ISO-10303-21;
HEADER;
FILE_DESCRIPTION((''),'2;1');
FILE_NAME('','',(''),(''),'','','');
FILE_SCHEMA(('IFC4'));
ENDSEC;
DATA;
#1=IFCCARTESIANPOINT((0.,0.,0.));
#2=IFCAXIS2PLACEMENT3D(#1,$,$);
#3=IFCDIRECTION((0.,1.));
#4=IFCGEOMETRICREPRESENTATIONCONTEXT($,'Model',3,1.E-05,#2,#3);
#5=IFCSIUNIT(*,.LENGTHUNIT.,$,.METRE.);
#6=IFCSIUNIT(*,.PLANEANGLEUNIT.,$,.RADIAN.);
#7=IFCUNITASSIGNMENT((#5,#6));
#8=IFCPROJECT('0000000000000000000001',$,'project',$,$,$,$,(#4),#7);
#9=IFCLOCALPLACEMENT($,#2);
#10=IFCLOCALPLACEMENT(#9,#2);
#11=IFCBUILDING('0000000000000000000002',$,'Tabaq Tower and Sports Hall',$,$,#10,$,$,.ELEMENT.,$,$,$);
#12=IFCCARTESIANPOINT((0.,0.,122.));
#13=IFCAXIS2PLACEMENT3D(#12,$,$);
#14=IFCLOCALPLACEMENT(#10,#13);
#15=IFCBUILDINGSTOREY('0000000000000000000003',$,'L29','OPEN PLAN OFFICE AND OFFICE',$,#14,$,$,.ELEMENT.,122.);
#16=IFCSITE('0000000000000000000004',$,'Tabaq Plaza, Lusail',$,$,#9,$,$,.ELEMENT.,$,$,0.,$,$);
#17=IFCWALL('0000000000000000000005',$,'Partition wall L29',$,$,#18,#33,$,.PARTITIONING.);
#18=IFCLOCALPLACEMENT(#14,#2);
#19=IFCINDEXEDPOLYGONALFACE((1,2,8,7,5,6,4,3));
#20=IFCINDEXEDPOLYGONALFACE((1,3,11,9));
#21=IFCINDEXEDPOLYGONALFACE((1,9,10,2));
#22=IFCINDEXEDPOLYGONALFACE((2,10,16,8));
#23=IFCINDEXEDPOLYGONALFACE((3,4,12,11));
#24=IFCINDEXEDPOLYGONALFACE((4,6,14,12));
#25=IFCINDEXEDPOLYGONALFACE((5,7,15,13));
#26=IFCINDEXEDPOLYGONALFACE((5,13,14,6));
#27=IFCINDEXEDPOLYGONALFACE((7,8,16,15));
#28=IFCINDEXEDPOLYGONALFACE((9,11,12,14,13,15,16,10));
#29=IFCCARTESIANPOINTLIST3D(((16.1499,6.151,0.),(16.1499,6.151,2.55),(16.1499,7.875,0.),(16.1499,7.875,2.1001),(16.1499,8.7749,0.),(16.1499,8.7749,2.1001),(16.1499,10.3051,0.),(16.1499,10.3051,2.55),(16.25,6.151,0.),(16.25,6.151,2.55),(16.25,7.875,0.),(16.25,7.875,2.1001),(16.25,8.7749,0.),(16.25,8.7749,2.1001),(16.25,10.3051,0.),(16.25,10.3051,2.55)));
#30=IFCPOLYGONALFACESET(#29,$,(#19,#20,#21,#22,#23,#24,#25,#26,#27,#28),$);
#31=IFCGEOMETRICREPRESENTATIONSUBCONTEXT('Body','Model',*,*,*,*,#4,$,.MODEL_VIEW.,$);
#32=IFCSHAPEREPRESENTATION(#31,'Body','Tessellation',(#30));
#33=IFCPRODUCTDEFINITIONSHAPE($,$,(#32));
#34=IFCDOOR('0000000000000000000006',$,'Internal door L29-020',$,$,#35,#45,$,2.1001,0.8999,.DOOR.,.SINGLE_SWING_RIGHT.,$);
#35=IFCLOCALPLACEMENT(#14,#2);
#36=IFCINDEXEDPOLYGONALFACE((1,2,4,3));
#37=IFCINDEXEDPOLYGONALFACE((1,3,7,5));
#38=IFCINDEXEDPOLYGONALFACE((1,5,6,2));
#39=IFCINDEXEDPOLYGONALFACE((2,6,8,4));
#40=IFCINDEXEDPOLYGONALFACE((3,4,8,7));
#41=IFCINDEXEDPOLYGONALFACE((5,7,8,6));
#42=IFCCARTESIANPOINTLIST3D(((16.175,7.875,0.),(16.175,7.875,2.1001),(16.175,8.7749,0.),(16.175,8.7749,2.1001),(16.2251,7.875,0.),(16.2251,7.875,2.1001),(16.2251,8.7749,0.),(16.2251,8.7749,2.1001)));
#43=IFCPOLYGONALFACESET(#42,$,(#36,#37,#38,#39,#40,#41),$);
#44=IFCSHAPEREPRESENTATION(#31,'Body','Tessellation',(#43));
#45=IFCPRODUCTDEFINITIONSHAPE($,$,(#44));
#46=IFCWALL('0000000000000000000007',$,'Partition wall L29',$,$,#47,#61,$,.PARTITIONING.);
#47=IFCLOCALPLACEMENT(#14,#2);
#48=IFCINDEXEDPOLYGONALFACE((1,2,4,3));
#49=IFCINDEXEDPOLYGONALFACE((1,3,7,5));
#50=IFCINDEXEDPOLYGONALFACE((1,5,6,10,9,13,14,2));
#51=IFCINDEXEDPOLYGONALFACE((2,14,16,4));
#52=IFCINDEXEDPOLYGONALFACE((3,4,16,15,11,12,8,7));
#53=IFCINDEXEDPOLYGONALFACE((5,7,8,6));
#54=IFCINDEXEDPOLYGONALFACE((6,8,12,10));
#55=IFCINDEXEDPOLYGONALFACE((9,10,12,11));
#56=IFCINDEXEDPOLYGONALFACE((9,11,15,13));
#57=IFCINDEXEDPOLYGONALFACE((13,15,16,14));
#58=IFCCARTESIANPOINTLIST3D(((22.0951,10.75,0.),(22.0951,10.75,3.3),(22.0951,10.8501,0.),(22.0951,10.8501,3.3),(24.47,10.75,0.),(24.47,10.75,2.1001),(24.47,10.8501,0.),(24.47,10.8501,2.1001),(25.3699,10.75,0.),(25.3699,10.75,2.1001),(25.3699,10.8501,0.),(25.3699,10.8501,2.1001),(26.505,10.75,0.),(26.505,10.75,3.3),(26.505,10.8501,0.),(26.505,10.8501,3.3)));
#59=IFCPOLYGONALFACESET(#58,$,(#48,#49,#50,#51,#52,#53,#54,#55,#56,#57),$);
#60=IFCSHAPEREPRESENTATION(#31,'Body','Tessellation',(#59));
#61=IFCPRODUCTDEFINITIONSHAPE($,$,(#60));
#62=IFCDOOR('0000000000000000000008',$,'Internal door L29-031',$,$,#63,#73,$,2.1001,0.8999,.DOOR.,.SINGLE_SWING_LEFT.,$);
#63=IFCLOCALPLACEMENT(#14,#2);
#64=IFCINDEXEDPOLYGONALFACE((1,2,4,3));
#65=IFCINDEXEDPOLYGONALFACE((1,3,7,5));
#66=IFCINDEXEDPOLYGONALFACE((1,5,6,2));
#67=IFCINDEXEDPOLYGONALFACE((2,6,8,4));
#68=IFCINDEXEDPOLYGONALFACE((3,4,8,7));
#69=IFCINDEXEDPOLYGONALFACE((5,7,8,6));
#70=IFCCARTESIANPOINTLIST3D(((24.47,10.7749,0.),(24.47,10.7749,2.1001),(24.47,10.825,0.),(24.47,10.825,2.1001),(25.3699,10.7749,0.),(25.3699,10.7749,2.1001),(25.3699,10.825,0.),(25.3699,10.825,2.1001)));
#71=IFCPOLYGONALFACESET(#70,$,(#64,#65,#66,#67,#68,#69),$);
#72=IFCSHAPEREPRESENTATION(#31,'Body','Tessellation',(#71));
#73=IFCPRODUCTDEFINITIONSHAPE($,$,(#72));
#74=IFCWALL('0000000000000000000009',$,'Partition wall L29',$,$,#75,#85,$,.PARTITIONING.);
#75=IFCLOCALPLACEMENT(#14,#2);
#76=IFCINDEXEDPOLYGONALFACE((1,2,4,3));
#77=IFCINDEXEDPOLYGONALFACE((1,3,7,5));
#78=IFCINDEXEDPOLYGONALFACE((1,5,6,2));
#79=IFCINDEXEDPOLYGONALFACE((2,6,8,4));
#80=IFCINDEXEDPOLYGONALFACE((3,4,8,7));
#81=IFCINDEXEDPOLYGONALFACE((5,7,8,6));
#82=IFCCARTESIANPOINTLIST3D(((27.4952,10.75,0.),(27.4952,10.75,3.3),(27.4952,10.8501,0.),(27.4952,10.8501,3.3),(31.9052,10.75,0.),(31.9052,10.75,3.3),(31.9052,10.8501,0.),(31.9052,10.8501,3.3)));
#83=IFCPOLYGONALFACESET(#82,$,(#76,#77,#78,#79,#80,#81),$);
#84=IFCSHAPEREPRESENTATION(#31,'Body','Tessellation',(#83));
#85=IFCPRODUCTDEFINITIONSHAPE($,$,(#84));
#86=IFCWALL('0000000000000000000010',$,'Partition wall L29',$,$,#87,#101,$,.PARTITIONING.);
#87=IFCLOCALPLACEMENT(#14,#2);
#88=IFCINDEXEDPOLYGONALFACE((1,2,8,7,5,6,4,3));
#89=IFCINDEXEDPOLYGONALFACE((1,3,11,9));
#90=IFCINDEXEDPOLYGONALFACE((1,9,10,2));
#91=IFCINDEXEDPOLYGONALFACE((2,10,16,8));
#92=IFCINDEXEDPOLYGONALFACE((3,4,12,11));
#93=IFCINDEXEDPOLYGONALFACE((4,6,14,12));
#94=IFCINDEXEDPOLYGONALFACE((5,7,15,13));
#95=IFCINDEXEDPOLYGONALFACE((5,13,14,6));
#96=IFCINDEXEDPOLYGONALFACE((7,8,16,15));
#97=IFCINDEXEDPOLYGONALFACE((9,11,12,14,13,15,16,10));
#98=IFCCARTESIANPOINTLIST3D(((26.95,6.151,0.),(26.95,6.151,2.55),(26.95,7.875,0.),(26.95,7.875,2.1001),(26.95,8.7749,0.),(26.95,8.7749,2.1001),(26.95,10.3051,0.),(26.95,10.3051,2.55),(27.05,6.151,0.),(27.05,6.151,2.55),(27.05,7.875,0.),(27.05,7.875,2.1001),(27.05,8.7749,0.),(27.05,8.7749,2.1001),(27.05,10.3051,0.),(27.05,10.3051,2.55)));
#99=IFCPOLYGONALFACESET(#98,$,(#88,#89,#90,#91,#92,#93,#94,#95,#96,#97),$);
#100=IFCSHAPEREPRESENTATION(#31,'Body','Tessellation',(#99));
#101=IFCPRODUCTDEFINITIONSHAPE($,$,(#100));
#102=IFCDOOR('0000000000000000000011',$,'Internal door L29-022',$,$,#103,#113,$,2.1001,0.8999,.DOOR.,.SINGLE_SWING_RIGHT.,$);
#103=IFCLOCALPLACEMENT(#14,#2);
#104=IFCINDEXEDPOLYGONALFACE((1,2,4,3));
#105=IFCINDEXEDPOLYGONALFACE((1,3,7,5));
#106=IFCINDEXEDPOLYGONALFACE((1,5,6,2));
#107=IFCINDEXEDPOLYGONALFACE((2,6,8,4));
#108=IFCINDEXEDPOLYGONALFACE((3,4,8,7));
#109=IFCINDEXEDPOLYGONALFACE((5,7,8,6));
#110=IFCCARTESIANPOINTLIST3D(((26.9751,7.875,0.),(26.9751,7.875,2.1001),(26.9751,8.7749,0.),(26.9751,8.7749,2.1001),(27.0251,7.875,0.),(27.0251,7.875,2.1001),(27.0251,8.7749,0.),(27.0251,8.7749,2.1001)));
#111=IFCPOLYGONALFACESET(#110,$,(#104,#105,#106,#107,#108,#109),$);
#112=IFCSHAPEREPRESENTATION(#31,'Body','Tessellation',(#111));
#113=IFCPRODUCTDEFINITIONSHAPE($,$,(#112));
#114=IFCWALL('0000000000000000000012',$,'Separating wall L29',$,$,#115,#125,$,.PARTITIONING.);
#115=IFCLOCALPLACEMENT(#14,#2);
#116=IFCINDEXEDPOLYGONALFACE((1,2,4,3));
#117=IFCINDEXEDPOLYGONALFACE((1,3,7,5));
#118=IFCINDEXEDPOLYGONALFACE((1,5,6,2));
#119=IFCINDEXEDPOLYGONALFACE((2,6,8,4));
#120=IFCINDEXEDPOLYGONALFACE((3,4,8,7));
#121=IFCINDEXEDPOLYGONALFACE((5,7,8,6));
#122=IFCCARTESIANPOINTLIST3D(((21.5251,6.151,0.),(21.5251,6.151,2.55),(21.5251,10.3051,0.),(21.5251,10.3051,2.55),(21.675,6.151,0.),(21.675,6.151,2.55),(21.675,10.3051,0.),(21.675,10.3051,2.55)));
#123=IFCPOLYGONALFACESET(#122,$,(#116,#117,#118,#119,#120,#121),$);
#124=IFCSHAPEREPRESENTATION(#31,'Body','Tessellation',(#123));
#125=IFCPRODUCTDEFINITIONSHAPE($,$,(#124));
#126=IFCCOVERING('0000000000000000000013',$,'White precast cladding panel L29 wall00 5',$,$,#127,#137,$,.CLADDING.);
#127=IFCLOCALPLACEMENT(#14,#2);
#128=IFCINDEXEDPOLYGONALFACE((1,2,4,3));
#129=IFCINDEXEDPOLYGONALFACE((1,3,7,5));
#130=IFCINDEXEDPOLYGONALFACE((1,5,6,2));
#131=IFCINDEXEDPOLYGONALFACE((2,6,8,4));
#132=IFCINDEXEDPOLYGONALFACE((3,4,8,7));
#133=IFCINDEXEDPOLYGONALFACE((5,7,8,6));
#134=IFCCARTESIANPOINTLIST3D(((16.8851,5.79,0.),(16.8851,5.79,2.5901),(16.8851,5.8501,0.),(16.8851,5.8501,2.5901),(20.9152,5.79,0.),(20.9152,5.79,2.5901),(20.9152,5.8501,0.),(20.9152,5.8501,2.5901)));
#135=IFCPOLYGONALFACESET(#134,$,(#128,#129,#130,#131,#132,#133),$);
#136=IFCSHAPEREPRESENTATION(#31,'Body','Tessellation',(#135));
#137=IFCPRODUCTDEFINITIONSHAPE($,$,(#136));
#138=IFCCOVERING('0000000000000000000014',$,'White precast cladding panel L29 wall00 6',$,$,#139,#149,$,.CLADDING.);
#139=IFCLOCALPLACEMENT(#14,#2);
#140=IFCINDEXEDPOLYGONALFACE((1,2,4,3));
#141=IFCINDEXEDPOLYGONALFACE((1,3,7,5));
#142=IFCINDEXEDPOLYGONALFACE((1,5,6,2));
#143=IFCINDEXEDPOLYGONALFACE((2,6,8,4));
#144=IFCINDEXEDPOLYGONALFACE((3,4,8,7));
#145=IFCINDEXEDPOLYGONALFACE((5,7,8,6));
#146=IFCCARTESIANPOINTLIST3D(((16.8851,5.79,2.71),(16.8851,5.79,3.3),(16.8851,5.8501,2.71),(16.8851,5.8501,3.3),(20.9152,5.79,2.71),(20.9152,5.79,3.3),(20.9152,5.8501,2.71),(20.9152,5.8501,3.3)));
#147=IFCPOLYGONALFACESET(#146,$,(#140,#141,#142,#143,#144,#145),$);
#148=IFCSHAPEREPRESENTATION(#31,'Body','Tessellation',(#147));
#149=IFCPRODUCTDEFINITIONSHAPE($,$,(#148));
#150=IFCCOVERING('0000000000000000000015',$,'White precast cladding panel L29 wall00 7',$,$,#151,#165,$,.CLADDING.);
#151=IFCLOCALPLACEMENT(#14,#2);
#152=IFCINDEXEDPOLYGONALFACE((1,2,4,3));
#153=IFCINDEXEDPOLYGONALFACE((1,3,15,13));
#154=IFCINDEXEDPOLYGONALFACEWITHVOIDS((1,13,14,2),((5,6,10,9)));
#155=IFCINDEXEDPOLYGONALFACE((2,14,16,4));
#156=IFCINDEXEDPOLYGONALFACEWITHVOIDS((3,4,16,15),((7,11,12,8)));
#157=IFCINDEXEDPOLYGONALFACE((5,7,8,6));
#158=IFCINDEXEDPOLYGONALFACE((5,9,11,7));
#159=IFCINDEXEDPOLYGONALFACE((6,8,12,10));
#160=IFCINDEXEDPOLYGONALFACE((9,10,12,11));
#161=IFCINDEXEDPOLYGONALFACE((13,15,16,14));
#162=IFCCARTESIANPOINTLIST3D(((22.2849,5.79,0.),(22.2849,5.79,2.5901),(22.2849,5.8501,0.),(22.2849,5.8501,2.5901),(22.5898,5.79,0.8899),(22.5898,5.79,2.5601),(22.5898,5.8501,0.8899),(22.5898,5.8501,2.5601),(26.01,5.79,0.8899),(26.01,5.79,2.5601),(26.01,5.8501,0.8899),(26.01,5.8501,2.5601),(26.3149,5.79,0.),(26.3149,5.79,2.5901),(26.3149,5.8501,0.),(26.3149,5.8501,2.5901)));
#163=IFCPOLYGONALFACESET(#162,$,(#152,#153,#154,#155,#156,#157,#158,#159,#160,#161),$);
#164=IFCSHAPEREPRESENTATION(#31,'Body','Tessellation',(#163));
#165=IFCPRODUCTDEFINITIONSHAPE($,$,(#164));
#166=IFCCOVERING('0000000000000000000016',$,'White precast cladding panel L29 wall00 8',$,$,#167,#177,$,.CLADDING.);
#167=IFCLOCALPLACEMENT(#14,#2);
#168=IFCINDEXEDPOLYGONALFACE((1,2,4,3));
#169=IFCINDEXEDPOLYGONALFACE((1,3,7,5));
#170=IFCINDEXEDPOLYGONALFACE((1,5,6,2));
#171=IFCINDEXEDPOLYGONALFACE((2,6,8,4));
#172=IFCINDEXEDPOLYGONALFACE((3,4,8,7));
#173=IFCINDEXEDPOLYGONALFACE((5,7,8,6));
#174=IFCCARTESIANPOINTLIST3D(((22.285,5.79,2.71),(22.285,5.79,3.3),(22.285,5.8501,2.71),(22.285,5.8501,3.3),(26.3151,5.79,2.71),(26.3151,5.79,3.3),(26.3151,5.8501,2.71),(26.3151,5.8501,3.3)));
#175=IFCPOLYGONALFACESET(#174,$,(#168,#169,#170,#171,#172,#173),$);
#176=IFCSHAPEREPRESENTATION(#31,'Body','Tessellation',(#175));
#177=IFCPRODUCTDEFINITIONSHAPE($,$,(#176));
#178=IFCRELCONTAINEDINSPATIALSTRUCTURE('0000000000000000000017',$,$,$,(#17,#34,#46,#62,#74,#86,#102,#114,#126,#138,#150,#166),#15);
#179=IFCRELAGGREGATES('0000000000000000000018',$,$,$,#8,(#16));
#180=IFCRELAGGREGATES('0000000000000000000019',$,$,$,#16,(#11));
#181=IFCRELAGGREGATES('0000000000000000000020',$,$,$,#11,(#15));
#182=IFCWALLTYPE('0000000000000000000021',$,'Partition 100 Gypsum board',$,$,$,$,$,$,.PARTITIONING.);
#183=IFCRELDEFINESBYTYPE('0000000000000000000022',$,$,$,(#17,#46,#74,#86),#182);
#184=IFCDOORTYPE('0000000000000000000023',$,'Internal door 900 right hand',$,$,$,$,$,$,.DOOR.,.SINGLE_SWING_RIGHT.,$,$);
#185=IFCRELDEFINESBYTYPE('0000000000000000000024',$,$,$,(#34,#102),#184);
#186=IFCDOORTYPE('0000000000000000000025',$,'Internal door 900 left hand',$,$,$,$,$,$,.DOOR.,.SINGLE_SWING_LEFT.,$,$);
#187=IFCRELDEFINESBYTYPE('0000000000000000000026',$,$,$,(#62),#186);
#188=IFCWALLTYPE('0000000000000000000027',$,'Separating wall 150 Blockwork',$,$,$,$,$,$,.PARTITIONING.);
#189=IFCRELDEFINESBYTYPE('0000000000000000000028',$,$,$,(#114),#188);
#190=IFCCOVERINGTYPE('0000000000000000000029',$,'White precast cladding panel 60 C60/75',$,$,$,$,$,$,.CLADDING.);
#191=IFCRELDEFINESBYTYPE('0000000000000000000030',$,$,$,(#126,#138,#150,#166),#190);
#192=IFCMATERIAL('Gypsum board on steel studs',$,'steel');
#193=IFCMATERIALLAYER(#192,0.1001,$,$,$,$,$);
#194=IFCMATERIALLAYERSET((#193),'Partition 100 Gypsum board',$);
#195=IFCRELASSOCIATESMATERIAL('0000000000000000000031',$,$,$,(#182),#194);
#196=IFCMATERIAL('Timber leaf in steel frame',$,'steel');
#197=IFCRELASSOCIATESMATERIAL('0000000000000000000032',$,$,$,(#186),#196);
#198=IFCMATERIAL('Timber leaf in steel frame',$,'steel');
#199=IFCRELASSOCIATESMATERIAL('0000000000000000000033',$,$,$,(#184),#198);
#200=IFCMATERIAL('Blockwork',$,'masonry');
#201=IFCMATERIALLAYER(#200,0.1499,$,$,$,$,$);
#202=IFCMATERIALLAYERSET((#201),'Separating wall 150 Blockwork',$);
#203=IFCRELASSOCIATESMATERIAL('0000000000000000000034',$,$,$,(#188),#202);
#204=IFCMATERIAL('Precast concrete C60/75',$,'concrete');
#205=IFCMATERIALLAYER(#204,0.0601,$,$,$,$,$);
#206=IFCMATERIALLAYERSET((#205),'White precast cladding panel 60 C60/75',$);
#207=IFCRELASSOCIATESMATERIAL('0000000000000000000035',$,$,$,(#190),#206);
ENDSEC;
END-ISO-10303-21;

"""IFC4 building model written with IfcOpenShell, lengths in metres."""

from ifc_helpers import new_model, si_unit, direction, frame, frame_2d, origin, place, context, subcontext, project, spatial, polyline, rectangle, outline, extrude, material, layer, layer_set, type_object, element, fill, save


model = new_model("IFC4")

# Units and contexts
model_context = context("Model", 3, precision=1e-05, world=origin(), true_north=direction((0.0, 1.0)))
body_context = subcontext(model_context, "Body", "Model", "MODEL_VIEW")
ifc_project = project(units=[si_unit("LENGTHUNIT", "METRE"), si_unit("PLANEANGLEUNIT", "RADIAN")], contexts=[model_context])

# Site, building, storey
site_placement = place(None, origin())
site = spatial("IfcSite", under=ifc_project, at=site_placement, Name="Tabaq Plaza, Lusail", CompositionType="ELEMENT", RefElevation=0.0)
building_placement = place(site_placement, origin())
building = spatial("IfcBuilding", under=site, at=building_placement, Name="Tabaq Tower and Sports Hall", CompositionType="ELEMENT")
storey_placement = place(building_placement, frame((0.0, 0.0, 122.0)))
storey = spatial("IfcBuildingStorey", under=building, at=storey_placement, Name="L29", Description="OPEN PLAN OFFICE AND OFFICE", CompositionType="ELEMENT", Elevation=122.0)

# Shared definitions
ifc_material_1 = material(Name="Gypsum board on steel studs", Category="steel")
ifc_layer_1 = layer(ifc_material_1, 0.1001)
ifc_layer_set_1 = layer_set([ifc_layer_1], Name="Partition 100 Gypsum board")
wall_type_1 = type_object("IfcWallType", Name="Partition 100 Gypsum board", PredefinedType="PARTITIONING", material=ifc_layer_set_1)
ifc_material_2 = material(Name="Timber leaf in steel frame", Category="steel")
door_type_1 = type_object("IfcDoorType", Name="Internal door 900 left hand", OperationType="SINGLE_SWING_LEFT", PredefinedType="DOOR", material=ifc_material_2)

# Walls, openings, doors
wall_1_placement = place(storey_placement, frame((16.2, 6.1509, 0.0), z_axis=(0.0, 0.0, 1.0), x_axis=(0.0, 1.0, 0.0)))
wall_1 = element("IfcWall", 1, at=wall_1_placement, inside=storey, type_object=wall_type_1, Name="Partition wall L29", PredefinedType="PARTITIONING", context=body_context, shape_type="SweptSolid", body=[
    extrude(rectangle(XDim=4.1541, YDim=0.1001, at=frame_2d((2.0771, 0.0))), origin(), (0.0, 0.0, 1.0), 2.55),
])
opening_1_placement = place(wall_1_placement, frame((1.7241, 0.0, 0.0)))
opening_1 = element("IfcOpeningElement", 2, at=opening_1_placement, cuts=wall_1, PredefinedType="OPENING", context=body_context, shape_type="SweptSolid", body=[
    extrude(rectangle(XDim=0.8999, YDim=2.1001, at=frame_2d((0.45, 1.05))), frame((0.0, 0.05, 0.0), z_axis=(0.0, -1.0, 0.0), x_axis=(1.0, 0.0, 0.0)), (0.0, 0.0, 1.0), 0.1001),
])
ifc_material_3 = material(Name="Timber leaf in steel frame", Category="steel")
door_type_2 = type_object("IfcDoorType", Name="Internal door 900 right hand", OperationType="SINGLE_SWING_RIGHT", PredefinedType="DOOR", material=ifc_material_3)
door_1_placement = place(opening_1_placement, origin())
door_1 = element("IfcDoor", 3, at=door_1_placement, inside=storey, type_object=door_type_2, Name="Internal door L29-020", OperationType="SINGLE_SWING_RIGHT", OverallHeight=2.1001, OverallWidth=0.8999, PredefinedType="DOOR", context=body_context, shape_type="SweptSolid", body=[
    extrude(rectangle(XDim=0.8999, YDim=2.1001, at=frame_2d((0.45, 1.05))), frame((0.0, 0.0249, 0.0), z_axis=(0.0, -1.0, 0.0), x_axis=(1.0, 0.0, 0.0)), (0.0, 0.0, 1.0), 0.05),
])
fill(opening_1, door_1)
wall_2_placement = place(storey_placement, frame((22.095, 10.8, 0.0), z_axis=(0.0, 0.0, 1.0), x_axis=(1.0, 0.0, 0.0)))
wall_2 = element("IfcWall", 4, at=wall_2_placement, inside=storey, type_object=wall_type_1, Name="Partition wall L29", PredefinedType="PARTITIONING", context=body_context, shape_type="SweptSolid", body=[
    extrude(rectangle(XDim=4.4099, YDim=0.1001, at=frame_2d((2.2051, 0.0))), origin(), (0.0, 0.0, 1.0), 3.3),
])
opening_2_placement = place(wall_2_placement, frame((2.375, 0.0, 0.0)))
opening_2 = element("IfcOpeningElement", 5, at=opening_2_placement, cuts=wall_2, PredefinedType="OPENING", context=body_context, shape_type="SweptSolid", body=[
    extrude(rectangle(XDim=0.8999, YDim=2.1001, at=frame_2d((0.45, 1.05))), frame((0.0, 0.05, 0.0), z_axis=(0.0, -1.0, 0.0), x_axis=(1.0, 0.0, 0.0)), (0.0, 0.0, 1.0), 0.1001),
])
door_2_placement = place(opening_2_placement, origin())
door_2 = element("IfcDoor", 6, at=door_2_placement, inside=storey, type_object=door_type_1, Name="Internal door L29-031", OperationType="SINGLE_SWING_LEFT", OverallHeight=2.1001, OverallWidth=0.8999, PredefinedType="DOOR", context=body_context, shape_type="SweptSolid", body=[
    extrude(rectangle(XDim=0.8999, YDim=2.1001, at=frame_2d((0.45, 1.05))), frame((0.0, 0.0249, 0.0), z_axis=(0.0, -1.0, 0.0), x_axis=(1.0, 0.0, 0.0)), (0.0, 0.0, 1.0), 0.05),
])
fill(opening_2, door_2)

# Wall
wall_3_placement = place(storey_placement, frame((27.4951, 10.8, 0.0), z_axis=(0.0, 0.0, 1.0), x_axis=(1.0, 0.0, 0.0)))
element("IfcWall", 7, at=wall_3_placement, inside=storey, type_object=wall_type_1, Name="Partition wall L29", PredefinedType="PARTITIONING", context=body_context, shape_type="SweptSolid", body=[
    extrude(rectangle(XDim=4.4099, YDim=0.1001, at=frame_2d((2.2051, 0.0))), origin(), (0.0, 0.0, 1.0), 3.3),
])

# Wall, opening, door
wall_4_placement = place(storey_placement, frame((27.0, 6.1509, 0.0), z_axis=(0.0, 0.0, 1.0), x_axis=(0.0, 1.0, 0.0)))
wall_4 = element("IfcWall", 8, at=wall_4_placement, inside=storey, type_object=wall_type_1, Name="Partition wall L29", PredefinedType="PARTITIONING", context=body_context, shape_type="SweptSolid", body=[
    extrude(rectangle(XDim=4.1541, YDim=0.1001, at=frame_2d((2.0771, 0.0))), origin(), (0.0, 0.0, 1.0), 2.55),
])
opening_3_placement = place(wall_4_placement, frame((1.7241, 0.0, 0.0)))
opening_3 = element("IfcOpeningElement", 9, at=opening_3_placement, cuts=wall_4, PredefinedType="OPENING", context=body_context, shape_type="SweptSolid", body=[
    extrude(rectangle(XDim=0.8999, YDim=2.1001, at=frame_2d((0.45, 1.05))), frame((0.0, 0.05, 0.0), z_axis=(0.0, -1.0, 0.0), x_axis=(1.0, 0.0, 0.0)), (0.0, 0.0, 1.0), 0.1001),
])
door_3_placement = place(opening_3_placement, origin())
door_3 = element("IfcDoor", 10, at=door_3_placement, inside=storey, type_object=door_type_2, Name="Internal door L29-022", OperationType="SINGLE_SWING_RIGHT", OverallHeight=2.1001, OverallWidth=0.8999, PredefinedType="DOOR", context=body_context, shape_type="SweptSolid", body=[
    extrude(rectangle(XDim=0.8999, YDim=2.1001, at=frame_2d((0.45, 1.05))), frame((0.0, 0.0249, 0.0), z_axis=(0.0, -1.0, 0.0), x_axis=(1.0, 0.0, 0.0)), (0.0, 0.0, 1.0), 0.05),
])
fill(opening_3, door_3)

# Wall
ifc_material_4 = material(Name="Blockwork", Category="masonry")
ifc_layer_2 = layer(ifc_material_4, 0.1499)
ifc_layer_set_2 = layer_set([ifc_layer_2], Name="Separating wall 150 Blockwork")
wall_type_2 = type_object("IfcWallType", Name="Separating wall 150 Blockwork", PredefinedType="PARTITIONING", material=ifc_layer_set_2)
wall_5_placement = place(storey_placement, frame((21.6001, 6.1509, 0.0), z_axis=(0.0, 0.0, 1.0), x_axis=(0.0, 1.0, 0.0)))
element("IfcWall", 11, at=wall_5_placement, inside=storey, type_object=wall_type_2, Name="Separating wall L29", PredefinedType="PARTITIONING", context=body_context, shape_type="SweptSolid", body=[
    extrude(rectangle(XDim=4.1541, YDim=0.1499, at=frame_2d((2.0771, 0.0))), origin(), (0.0, 0.0, 1.0), 2.55),
])

# Coverings
ifc_material_5 = material(Name="Precast concrete C60/75", Category="concrete")
ifc_layer_3 = layer(ifc_material_5, 0.0601)
ifc_layer_set_3 = layer_set([ifc_layer_3], Name="White precast cladding panel 60 C60/75")
covering_type = type_object("IfcCoveringType", Name="White precast cladding panel 60 C60/75", PredefinedType="CLADDING", material=ifc_layer_set_3)
covering_1_placement = place(storey_placement, frame((16.885, 5.8201, 0.0), z_axis=(0.0, 0.0, 1.0), x_axis=(1.0, 0.0, 0.0)))
element("IfcCovering", 12, at=covering_1_placement, inside=storey, type_object=covering_type, Name="White precast cladding panel L29 wall00 5", PredefinedType="CLADDING", context=body_context, shape_type="SweptSolid", body=[
    extrude(rectangle(XDim=4.03, YDim=0.0601, at=frame_2d((2.0151, 0.0))), origin(), (0.0, 0.0, 1.0), 2.5901),
])
covering_2_placement = place(storey_placement, frame((16.885, 5.8201, 2.71), z_axis=(0.0, 0.0, 1.0), x_axis=(1.0, 0.0, 0.0)))
element("IfcCovering", 13, at=covering_2_placement, inside=storey, type_object=covering_type, Name="White precast cladding panel L29 wall00 6", PredefinedType="CLADDING", context=body_context, shape_type="SweptSolid", body=[
    extrude(rectangle(XDim=4.03, YDim=0.0601, at=frame_2d((2.0151, 0.0))), origin(), (0.0, 0.0, 1.0), 0.5901),
])
covering_3_placement = place(storey_placement, frame((22.2849, 5.8201, 0.0), z_axis=(0.0, 0.0, 1.0), x_axis=(1.0, 0.0, 0.0)))
element("IfcCovering", 14, at=covering_3_placement, inside=storey, type_object=covering_type, Name="White precast cladding panel L29 wall00 7", PredefinedType="CLADDING", context=body_context, shape_type="SweptSolid", body=[
    extrude(outline(polyline([(0.0, 0.0), (4.03, 0.0), (4.03, 2.5901), (0.0, 2.5901), (0.0, 0.0)]), holes=[polyline([(3.7251, 0.8899), (0.3049, 0.8899), (0.3049, 2.5601), (3.7251, 2.5601), (3.7251, 0.8899)])]), frame((0.0, 0.03, 0.0), z_axis=(0.0, -1.0, 0.0), x_axis=(1.0, 0.0, 0.0)), (0.0, 0.0, 1.0), 0.0601),
])
covering_4_placement = place(storey_placement, frame((22.2849, 5.8201, 2.71), z_axis=(0.0, 0.0, 1.0), x_axis=(1.0, 0.0, 0.0)))
element("IfcCovering", 15, at=covering_4_placement, inside=storey, type_object=covering_type, Name="White precast cladding panel L29 wall00 8", PredefinedType="CLADDING", context=body_context, shape_type="SweptSolid", body=[
    extrude(rectangle(XDim=4.03, YDim=0.0601, at=frame_2d((2.0151, 0.0))), origin(), (0.0, 0.0, 1.0), 0.5901),
])

save(model, "model.ifc")
